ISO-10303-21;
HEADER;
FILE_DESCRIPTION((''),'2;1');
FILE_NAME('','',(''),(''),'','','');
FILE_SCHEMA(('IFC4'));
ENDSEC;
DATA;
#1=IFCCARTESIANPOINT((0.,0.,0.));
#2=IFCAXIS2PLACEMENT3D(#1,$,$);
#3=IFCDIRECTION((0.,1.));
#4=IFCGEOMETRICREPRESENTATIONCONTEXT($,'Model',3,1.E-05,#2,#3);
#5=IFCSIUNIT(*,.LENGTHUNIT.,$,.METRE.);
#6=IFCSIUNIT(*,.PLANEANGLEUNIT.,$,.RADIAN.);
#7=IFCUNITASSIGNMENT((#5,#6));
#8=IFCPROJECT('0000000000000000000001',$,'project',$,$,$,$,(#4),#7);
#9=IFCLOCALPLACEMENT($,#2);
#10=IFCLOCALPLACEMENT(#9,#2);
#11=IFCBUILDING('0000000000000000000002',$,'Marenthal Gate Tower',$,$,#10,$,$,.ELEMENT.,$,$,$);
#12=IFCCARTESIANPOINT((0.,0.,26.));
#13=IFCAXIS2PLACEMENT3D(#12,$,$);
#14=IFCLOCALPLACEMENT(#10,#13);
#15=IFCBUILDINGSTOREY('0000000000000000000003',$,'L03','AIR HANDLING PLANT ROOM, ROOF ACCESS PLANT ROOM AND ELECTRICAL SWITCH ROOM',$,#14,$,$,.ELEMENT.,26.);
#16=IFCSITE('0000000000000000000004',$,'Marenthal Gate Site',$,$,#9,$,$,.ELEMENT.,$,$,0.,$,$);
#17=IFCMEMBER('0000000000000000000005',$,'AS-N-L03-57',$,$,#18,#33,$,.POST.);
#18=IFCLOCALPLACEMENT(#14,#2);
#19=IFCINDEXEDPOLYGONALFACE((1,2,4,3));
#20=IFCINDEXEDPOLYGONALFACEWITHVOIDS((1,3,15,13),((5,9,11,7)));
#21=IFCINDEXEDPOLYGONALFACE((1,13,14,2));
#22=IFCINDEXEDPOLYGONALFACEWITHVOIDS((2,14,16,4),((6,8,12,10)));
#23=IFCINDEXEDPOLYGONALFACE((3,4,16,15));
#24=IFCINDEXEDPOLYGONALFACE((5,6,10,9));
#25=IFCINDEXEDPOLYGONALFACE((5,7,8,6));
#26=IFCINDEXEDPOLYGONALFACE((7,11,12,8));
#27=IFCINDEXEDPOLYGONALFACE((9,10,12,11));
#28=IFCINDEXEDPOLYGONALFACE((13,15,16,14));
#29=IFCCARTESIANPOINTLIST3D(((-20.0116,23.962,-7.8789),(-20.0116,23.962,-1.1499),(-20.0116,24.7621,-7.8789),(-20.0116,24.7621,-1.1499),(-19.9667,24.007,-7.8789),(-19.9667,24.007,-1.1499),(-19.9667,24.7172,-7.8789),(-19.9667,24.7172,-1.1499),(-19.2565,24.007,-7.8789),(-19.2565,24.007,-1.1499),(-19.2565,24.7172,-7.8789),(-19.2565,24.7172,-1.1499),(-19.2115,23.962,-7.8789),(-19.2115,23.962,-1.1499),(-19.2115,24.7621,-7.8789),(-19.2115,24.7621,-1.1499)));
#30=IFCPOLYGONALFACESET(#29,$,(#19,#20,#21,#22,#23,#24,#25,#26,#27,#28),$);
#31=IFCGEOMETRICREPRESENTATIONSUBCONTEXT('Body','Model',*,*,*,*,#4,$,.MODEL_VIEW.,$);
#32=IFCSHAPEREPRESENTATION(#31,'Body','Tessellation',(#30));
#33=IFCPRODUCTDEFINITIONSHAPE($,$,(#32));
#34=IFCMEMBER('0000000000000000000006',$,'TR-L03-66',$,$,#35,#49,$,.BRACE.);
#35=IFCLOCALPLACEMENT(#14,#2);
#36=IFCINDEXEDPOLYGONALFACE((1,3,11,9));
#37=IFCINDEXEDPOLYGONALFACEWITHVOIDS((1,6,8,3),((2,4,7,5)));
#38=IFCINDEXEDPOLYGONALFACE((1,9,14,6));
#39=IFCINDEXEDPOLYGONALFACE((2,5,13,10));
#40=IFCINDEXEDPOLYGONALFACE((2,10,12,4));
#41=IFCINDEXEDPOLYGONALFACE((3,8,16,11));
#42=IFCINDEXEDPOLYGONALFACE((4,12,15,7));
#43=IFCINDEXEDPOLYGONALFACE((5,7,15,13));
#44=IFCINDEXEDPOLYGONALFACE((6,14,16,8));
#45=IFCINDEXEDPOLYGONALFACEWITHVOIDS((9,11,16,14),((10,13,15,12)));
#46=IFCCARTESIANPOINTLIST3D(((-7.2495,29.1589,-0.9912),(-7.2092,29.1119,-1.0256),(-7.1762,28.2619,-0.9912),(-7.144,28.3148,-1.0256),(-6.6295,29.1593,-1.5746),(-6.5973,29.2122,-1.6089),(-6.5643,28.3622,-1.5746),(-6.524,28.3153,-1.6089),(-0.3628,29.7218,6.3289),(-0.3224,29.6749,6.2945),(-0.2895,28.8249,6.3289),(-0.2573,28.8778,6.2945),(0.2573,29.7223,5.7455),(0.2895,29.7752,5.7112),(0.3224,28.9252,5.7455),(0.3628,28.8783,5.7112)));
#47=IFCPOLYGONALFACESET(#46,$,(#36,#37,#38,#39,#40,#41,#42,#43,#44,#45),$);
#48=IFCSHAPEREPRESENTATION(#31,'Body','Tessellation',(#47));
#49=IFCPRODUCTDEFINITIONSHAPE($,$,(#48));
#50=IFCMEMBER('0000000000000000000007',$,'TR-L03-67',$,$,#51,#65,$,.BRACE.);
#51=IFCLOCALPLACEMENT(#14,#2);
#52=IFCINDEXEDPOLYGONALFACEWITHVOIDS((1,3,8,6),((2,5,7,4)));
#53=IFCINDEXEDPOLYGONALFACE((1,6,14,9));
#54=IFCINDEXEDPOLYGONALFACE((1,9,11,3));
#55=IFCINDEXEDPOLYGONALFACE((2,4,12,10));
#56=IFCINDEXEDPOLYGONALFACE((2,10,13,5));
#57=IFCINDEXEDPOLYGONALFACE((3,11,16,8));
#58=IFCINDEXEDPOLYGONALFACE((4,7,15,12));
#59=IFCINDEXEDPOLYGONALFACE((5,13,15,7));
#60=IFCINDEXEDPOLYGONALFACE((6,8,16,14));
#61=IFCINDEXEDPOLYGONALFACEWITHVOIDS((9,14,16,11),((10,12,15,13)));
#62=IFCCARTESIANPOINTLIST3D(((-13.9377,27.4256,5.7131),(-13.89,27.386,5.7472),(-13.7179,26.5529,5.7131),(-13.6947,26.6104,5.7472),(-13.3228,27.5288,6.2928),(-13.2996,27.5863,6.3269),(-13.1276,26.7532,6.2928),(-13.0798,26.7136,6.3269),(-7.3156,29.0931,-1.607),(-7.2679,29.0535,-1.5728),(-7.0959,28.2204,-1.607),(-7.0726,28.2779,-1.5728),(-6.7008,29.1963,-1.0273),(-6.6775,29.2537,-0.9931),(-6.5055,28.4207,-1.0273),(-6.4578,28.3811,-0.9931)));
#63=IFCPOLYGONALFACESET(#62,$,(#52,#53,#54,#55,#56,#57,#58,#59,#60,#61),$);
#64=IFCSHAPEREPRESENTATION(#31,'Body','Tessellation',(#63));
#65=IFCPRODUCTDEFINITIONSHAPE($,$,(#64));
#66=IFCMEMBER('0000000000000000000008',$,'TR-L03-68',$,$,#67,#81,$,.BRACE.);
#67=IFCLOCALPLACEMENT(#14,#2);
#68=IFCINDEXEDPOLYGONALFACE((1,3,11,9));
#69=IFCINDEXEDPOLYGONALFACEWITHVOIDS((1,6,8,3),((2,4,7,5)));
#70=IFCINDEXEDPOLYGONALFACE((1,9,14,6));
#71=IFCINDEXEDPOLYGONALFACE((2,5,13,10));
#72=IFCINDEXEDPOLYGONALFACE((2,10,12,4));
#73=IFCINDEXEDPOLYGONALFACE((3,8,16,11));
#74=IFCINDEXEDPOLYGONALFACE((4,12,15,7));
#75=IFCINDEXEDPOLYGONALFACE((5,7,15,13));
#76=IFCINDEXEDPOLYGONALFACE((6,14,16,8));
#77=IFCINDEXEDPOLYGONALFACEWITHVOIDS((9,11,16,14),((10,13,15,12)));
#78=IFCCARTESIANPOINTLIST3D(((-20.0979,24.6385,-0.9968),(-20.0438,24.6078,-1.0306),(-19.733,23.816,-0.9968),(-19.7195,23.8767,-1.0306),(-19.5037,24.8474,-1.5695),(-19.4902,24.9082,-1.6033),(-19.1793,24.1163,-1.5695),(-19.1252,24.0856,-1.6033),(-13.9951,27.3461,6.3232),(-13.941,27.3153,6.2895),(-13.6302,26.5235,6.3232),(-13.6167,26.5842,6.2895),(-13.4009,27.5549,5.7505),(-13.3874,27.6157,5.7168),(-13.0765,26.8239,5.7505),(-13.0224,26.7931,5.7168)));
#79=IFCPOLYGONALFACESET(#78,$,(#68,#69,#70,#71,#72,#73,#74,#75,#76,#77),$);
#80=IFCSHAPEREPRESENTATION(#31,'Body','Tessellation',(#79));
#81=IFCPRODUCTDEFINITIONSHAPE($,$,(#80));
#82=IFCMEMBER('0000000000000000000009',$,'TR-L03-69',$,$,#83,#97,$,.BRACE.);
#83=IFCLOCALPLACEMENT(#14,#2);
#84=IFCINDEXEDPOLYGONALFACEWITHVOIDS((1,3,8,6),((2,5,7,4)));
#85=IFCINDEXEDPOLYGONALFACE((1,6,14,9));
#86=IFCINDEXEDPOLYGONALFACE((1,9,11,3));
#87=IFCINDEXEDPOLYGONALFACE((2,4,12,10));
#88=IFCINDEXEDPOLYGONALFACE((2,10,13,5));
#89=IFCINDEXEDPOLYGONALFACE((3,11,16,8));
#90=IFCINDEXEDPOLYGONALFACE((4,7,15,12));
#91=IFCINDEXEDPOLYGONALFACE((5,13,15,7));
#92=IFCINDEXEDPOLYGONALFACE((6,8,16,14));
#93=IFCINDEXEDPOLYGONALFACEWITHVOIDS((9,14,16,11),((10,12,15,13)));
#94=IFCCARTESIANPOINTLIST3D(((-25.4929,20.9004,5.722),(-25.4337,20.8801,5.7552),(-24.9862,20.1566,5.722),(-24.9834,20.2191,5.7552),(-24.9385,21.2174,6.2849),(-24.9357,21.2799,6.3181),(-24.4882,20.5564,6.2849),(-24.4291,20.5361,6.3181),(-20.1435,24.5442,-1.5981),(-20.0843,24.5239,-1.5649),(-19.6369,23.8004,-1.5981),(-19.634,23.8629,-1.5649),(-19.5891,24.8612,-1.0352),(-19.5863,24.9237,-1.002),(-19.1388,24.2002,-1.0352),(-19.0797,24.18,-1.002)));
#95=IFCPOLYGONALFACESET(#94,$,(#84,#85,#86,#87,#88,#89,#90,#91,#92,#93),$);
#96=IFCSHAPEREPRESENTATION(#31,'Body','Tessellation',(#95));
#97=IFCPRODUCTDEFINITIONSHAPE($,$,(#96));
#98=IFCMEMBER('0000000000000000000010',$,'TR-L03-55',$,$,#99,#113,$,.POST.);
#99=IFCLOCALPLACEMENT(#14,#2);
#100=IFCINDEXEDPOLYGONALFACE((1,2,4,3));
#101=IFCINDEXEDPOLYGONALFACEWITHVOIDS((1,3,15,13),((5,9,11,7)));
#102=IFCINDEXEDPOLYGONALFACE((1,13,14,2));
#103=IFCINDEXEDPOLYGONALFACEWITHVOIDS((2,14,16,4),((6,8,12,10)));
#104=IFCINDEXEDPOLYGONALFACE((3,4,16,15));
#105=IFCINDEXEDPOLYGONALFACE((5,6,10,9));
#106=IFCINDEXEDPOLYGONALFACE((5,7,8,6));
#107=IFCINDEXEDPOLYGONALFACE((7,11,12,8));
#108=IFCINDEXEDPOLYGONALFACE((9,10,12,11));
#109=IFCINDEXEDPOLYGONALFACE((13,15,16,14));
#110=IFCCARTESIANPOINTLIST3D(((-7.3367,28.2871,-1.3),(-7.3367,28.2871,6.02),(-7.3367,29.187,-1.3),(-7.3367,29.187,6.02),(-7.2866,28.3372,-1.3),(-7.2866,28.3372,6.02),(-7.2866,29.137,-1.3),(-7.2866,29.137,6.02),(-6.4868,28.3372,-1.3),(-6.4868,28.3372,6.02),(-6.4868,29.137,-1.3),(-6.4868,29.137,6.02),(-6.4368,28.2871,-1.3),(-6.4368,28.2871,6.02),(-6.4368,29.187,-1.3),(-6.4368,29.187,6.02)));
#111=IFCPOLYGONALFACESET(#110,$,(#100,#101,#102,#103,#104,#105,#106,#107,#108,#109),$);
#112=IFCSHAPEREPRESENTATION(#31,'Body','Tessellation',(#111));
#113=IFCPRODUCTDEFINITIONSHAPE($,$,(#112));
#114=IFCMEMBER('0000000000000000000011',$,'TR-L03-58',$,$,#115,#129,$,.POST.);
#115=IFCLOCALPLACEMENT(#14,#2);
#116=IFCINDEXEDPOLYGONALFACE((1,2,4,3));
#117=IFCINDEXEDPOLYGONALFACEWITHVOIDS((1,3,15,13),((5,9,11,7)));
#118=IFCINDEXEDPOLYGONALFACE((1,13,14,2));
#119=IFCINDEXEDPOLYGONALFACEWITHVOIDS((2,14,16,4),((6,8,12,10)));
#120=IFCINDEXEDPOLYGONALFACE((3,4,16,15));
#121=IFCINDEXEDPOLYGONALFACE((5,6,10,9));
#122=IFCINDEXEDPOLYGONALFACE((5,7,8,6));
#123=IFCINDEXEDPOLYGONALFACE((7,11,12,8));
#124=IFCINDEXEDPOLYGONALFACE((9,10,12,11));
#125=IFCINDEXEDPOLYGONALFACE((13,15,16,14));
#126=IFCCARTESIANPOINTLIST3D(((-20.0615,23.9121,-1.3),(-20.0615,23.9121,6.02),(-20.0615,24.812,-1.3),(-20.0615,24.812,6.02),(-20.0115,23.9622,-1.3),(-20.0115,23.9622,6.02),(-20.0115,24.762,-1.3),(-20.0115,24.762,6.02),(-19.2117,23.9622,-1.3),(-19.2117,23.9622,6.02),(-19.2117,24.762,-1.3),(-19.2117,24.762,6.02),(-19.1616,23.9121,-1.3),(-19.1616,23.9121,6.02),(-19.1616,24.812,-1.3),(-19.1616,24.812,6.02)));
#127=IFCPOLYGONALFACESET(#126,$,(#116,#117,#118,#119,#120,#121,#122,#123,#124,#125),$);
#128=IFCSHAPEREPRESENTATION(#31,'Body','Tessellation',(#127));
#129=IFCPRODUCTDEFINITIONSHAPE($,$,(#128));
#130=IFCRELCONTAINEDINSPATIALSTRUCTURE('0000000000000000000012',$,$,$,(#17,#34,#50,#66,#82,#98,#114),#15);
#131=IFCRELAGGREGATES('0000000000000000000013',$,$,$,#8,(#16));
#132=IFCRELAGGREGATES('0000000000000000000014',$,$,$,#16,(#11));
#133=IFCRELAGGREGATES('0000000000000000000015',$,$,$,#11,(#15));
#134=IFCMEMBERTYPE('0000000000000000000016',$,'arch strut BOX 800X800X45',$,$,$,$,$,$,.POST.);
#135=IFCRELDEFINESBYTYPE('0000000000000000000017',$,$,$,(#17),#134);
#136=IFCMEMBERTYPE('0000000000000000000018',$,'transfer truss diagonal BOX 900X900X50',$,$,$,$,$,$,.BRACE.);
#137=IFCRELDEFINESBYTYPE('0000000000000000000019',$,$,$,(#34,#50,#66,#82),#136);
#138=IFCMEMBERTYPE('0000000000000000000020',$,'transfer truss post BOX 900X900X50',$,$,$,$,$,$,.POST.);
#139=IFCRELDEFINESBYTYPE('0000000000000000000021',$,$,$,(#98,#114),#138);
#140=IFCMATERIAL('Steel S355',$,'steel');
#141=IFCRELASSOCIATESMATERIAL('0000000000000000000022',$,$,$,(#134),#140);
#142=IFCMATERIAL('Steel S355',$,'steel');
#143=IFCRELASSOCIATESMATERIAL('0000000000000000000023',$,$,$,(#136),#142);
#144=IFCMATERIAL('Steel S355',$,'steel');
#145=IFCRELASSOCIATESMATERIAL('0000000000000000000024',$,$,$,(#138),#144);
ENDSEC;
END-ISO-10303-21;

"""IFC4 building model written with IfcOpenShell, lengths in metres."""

from ifc_helpers import new_model, si_unit, direction, frame, origin, origin_2d, place, context, subcontext, project, spatial, hollow_rectangle, extrude, material, material_profile, profile_set, type_object, element, save


model = new_model("IFC4")

# Units and contexts
model_context = context("Model", 3, precision=1e-05, world=origin(), true_north=direction((0.0, 1.0)))
body_context = subcontext(model_context, "Body", "Model", "MODEL_VIEW")
ifc_project = project(units=[si_unit("LENGTHUNIT", "METRE"), si_unit("PLANEANGLEUNIT", "RADIAN")], contexts=[model_context])

# Site, building, storey
site_placement = place(None, origin())
site = spatial("IfcSite", under=ifc_project, at=site_placement, Name="Marenthal Gate Site", CompositionType="ELEMENT", RefElevation=0.0)
building_placement = place(site_placement, origin())
building = spatial("IfcBuilding", under=site, at=building_placement, Name="Marenthal Gate Tower", CompositionType="ELEMENT")
storey_placement = place(building_placement, frame((0.0, 0.0, 26.0)))
storey = spatial("IfcBuildingStorey", under=building, at=storey_placement, Name="L03", Description="AIR HANDLING PLANT ROOM, ROOF ACCESS PLANT ROOM AND ELECTRICAL SWITCH ROOM", CompositionType="ELEMENT", Elevation=26.0)

# Members
ifc_material_1 = material(Name="Steel S355", Category="steel")
ifc_material_profile_1 = material_profile(ifc_material_1, hollow_rectangle(XDim=0.8, YDim=0.8, WallThickness=0.0449, at=origin_2d()), Name="BOX 800X800X45")
ifc_profile_set_1 = profile_set([ifc_material_profile_1], Name="Steel S355")
member_type_1 = type_object("IfcMemberType", Name="arch strut BOX 800X800X45", PredefinedType="POST", material=ifc_profile_set_1)
member_1_placement = place(storey_placement, frame((-19.6116, 24.3621, -7.8789), z_axis=(0.0, 0.0, 1.0), x_axis=(1.0, 0.0, 0.0)))
element("IfcMember", 1, at=member_1_placement, inside=storey, type_object=member_type_1, Name="AS-N-L03-57", PredefinedType="POST", context=body_context, shape_type="SweptSolid", body=[
    extrude(hollow_rectangle(XDim=0.8, YDim=0.8, WallThickness=0.0449, at=origin_2d()), origin(), (0.0, 0.0, 1.0), 6.729),
])
ifc_material_2 = material(Name="Steel S355", Category="steel")
ifc_material_profile_2 = material_profile(ifc_material_2, hollow_rectangle(XDim=0.8999, YDim=0.8999, WallThickness=0.05, at=origin_2d()), Name="BOX 900X900X50")
ifc_profile_set_2 = profile_set([ifc_material_profile_2], Name="Steel S355")
member_type_2 = type_object("IfcMemberType", Name="transfer truss diagonal BOX 900X900X50", PredefinedType="BRACE", material=ifc_profile_set_2)
member_2_placement = place(storey_placement, frame((0.0, 29.3, 6.02), z_axis=(-0.684147, -0.055929, -0.727197), x_axis=(0.081478, -0.996675, 0.0)))
element("IfcMember", 2, at=member_2_placement, inside=storey, type_object=member_type_2, Name="TR-L03-66", PredefinedType="BRACE", context=body_context, shape_type="SweptSolid", body=[
    extrude(hollow_rectangle(XDim=0.8999, YDim=0.8999, WallThickness=0.05, at=origin_2d()), origin(), (0.0, 0.0, 1.0), 10.0662),
])
member_3_placement = place(storey_placement, frame((-6.8867, 28.7371, -1.3), z_axis=(-0.661494, -0.166568, 0.731219), x_axis=(0.244184, -0.969729, 0.0)))
element("IfcMember", 3, at=member_3_placement, inside=storey, type_object=member_type_2, Name="TR-L03-67", PredefinedType="BRACE", context=body_context, shape_type="SweptSolid", body=[
    extrude(hollow_rectangle(XDim=0.8999, YDim=0.8999, WallThickness=0.05, at=origin_2d()), origin(), (0.0, 0.0, 1.0), 10.0107),
])
member_4_placement = place(storey_placement, frame((-13.5088, 27.0696, 6.02), z_axis=(-0.615978, -0.273281, -0.738843), x_axis=(0.405534, -0.91408, 0.0)))
element("IfcMember", 4, at=member_4_placement, inside=storey, type_object=member_type_2, Name="TR-L03-68", PredefinedType="BRACE", context=body_context, shape_type="SweptSolid", body=[
    extrude(hollow_rectangle(XDim=0.8999, YDim=0.8999, WallThickness=0.05, at=origin_2d()), origin(), (0.0, 0.0, 1.0), 9.9075),
])
member_5_placement = place(storey_placement, frame((-19.6116, 24.3621, -1.3), z_axis=(-0.547462, -0.372912, 0.749147), x_axis=(0.562968, -0.826479, 0.0)))
element("IfcMember", 5, at=member_5_placement, inside=storey, type_object=member_type_2, Name="TR-L03-69", PredefinedType="BRACE", context=body_context, shape_type="SweptSolid", body=[
    extrude(hollow_rectangle(XDim=0.8999, YDim=0.8999, WallThickness=0.05, at=origin_2d()), origin(), (0.0, 0.0, 1.0), 9.7712),
])
ifc_material_3 = material(Name="Steel S355", Category="steel")
ifc_material_profile_3 = material_profile(ifc_material_3, hollow_rectangle(XDim=0.8999, YDim=0.8999, WallThickness=0.05, at=origin_2d()), Name="BOX 900X900X50")
ifc_profile_set_3 = profile_set([ifc_material_profile_3], Name="Steel S355")
member_type_3 = type_object("IfcMemberType", Name="transfer truss post BOX 900X900X50", PredefinedType="POST", material=ifc_profile_set_3)
for number, where, z_axis, x_axis, name in (
    (6, (-6.8867, 28.7371, -1.3), (0.0, 0.0, 1.0), (1.0, 0.0, 0.0), "TR-L03-55"),
    (7, (-19.6116, 24.3621, -1.3), (0.0, 0.0, 1.0), (1.0, 0.0, 0.0), "TR-L03-58"),
):
    element("IfcMember", number, at=place(storey_placement, frame(where, z_axis=z_axis, x_axis=x_axis)), inside=storey, type_object=member_type_3, Name=name, PredefinedType="POST", context=body_context, shape_type="SweptSolid", body=[
        extrude(hollow_rectangle(XDim=0.8999, YDim=0.8999, WallThickness=0.05, at=origin_2d()), origin(), (0.0, 0.0, 1.0), 7.3201),
    ])

save(model, "model.ifc")
